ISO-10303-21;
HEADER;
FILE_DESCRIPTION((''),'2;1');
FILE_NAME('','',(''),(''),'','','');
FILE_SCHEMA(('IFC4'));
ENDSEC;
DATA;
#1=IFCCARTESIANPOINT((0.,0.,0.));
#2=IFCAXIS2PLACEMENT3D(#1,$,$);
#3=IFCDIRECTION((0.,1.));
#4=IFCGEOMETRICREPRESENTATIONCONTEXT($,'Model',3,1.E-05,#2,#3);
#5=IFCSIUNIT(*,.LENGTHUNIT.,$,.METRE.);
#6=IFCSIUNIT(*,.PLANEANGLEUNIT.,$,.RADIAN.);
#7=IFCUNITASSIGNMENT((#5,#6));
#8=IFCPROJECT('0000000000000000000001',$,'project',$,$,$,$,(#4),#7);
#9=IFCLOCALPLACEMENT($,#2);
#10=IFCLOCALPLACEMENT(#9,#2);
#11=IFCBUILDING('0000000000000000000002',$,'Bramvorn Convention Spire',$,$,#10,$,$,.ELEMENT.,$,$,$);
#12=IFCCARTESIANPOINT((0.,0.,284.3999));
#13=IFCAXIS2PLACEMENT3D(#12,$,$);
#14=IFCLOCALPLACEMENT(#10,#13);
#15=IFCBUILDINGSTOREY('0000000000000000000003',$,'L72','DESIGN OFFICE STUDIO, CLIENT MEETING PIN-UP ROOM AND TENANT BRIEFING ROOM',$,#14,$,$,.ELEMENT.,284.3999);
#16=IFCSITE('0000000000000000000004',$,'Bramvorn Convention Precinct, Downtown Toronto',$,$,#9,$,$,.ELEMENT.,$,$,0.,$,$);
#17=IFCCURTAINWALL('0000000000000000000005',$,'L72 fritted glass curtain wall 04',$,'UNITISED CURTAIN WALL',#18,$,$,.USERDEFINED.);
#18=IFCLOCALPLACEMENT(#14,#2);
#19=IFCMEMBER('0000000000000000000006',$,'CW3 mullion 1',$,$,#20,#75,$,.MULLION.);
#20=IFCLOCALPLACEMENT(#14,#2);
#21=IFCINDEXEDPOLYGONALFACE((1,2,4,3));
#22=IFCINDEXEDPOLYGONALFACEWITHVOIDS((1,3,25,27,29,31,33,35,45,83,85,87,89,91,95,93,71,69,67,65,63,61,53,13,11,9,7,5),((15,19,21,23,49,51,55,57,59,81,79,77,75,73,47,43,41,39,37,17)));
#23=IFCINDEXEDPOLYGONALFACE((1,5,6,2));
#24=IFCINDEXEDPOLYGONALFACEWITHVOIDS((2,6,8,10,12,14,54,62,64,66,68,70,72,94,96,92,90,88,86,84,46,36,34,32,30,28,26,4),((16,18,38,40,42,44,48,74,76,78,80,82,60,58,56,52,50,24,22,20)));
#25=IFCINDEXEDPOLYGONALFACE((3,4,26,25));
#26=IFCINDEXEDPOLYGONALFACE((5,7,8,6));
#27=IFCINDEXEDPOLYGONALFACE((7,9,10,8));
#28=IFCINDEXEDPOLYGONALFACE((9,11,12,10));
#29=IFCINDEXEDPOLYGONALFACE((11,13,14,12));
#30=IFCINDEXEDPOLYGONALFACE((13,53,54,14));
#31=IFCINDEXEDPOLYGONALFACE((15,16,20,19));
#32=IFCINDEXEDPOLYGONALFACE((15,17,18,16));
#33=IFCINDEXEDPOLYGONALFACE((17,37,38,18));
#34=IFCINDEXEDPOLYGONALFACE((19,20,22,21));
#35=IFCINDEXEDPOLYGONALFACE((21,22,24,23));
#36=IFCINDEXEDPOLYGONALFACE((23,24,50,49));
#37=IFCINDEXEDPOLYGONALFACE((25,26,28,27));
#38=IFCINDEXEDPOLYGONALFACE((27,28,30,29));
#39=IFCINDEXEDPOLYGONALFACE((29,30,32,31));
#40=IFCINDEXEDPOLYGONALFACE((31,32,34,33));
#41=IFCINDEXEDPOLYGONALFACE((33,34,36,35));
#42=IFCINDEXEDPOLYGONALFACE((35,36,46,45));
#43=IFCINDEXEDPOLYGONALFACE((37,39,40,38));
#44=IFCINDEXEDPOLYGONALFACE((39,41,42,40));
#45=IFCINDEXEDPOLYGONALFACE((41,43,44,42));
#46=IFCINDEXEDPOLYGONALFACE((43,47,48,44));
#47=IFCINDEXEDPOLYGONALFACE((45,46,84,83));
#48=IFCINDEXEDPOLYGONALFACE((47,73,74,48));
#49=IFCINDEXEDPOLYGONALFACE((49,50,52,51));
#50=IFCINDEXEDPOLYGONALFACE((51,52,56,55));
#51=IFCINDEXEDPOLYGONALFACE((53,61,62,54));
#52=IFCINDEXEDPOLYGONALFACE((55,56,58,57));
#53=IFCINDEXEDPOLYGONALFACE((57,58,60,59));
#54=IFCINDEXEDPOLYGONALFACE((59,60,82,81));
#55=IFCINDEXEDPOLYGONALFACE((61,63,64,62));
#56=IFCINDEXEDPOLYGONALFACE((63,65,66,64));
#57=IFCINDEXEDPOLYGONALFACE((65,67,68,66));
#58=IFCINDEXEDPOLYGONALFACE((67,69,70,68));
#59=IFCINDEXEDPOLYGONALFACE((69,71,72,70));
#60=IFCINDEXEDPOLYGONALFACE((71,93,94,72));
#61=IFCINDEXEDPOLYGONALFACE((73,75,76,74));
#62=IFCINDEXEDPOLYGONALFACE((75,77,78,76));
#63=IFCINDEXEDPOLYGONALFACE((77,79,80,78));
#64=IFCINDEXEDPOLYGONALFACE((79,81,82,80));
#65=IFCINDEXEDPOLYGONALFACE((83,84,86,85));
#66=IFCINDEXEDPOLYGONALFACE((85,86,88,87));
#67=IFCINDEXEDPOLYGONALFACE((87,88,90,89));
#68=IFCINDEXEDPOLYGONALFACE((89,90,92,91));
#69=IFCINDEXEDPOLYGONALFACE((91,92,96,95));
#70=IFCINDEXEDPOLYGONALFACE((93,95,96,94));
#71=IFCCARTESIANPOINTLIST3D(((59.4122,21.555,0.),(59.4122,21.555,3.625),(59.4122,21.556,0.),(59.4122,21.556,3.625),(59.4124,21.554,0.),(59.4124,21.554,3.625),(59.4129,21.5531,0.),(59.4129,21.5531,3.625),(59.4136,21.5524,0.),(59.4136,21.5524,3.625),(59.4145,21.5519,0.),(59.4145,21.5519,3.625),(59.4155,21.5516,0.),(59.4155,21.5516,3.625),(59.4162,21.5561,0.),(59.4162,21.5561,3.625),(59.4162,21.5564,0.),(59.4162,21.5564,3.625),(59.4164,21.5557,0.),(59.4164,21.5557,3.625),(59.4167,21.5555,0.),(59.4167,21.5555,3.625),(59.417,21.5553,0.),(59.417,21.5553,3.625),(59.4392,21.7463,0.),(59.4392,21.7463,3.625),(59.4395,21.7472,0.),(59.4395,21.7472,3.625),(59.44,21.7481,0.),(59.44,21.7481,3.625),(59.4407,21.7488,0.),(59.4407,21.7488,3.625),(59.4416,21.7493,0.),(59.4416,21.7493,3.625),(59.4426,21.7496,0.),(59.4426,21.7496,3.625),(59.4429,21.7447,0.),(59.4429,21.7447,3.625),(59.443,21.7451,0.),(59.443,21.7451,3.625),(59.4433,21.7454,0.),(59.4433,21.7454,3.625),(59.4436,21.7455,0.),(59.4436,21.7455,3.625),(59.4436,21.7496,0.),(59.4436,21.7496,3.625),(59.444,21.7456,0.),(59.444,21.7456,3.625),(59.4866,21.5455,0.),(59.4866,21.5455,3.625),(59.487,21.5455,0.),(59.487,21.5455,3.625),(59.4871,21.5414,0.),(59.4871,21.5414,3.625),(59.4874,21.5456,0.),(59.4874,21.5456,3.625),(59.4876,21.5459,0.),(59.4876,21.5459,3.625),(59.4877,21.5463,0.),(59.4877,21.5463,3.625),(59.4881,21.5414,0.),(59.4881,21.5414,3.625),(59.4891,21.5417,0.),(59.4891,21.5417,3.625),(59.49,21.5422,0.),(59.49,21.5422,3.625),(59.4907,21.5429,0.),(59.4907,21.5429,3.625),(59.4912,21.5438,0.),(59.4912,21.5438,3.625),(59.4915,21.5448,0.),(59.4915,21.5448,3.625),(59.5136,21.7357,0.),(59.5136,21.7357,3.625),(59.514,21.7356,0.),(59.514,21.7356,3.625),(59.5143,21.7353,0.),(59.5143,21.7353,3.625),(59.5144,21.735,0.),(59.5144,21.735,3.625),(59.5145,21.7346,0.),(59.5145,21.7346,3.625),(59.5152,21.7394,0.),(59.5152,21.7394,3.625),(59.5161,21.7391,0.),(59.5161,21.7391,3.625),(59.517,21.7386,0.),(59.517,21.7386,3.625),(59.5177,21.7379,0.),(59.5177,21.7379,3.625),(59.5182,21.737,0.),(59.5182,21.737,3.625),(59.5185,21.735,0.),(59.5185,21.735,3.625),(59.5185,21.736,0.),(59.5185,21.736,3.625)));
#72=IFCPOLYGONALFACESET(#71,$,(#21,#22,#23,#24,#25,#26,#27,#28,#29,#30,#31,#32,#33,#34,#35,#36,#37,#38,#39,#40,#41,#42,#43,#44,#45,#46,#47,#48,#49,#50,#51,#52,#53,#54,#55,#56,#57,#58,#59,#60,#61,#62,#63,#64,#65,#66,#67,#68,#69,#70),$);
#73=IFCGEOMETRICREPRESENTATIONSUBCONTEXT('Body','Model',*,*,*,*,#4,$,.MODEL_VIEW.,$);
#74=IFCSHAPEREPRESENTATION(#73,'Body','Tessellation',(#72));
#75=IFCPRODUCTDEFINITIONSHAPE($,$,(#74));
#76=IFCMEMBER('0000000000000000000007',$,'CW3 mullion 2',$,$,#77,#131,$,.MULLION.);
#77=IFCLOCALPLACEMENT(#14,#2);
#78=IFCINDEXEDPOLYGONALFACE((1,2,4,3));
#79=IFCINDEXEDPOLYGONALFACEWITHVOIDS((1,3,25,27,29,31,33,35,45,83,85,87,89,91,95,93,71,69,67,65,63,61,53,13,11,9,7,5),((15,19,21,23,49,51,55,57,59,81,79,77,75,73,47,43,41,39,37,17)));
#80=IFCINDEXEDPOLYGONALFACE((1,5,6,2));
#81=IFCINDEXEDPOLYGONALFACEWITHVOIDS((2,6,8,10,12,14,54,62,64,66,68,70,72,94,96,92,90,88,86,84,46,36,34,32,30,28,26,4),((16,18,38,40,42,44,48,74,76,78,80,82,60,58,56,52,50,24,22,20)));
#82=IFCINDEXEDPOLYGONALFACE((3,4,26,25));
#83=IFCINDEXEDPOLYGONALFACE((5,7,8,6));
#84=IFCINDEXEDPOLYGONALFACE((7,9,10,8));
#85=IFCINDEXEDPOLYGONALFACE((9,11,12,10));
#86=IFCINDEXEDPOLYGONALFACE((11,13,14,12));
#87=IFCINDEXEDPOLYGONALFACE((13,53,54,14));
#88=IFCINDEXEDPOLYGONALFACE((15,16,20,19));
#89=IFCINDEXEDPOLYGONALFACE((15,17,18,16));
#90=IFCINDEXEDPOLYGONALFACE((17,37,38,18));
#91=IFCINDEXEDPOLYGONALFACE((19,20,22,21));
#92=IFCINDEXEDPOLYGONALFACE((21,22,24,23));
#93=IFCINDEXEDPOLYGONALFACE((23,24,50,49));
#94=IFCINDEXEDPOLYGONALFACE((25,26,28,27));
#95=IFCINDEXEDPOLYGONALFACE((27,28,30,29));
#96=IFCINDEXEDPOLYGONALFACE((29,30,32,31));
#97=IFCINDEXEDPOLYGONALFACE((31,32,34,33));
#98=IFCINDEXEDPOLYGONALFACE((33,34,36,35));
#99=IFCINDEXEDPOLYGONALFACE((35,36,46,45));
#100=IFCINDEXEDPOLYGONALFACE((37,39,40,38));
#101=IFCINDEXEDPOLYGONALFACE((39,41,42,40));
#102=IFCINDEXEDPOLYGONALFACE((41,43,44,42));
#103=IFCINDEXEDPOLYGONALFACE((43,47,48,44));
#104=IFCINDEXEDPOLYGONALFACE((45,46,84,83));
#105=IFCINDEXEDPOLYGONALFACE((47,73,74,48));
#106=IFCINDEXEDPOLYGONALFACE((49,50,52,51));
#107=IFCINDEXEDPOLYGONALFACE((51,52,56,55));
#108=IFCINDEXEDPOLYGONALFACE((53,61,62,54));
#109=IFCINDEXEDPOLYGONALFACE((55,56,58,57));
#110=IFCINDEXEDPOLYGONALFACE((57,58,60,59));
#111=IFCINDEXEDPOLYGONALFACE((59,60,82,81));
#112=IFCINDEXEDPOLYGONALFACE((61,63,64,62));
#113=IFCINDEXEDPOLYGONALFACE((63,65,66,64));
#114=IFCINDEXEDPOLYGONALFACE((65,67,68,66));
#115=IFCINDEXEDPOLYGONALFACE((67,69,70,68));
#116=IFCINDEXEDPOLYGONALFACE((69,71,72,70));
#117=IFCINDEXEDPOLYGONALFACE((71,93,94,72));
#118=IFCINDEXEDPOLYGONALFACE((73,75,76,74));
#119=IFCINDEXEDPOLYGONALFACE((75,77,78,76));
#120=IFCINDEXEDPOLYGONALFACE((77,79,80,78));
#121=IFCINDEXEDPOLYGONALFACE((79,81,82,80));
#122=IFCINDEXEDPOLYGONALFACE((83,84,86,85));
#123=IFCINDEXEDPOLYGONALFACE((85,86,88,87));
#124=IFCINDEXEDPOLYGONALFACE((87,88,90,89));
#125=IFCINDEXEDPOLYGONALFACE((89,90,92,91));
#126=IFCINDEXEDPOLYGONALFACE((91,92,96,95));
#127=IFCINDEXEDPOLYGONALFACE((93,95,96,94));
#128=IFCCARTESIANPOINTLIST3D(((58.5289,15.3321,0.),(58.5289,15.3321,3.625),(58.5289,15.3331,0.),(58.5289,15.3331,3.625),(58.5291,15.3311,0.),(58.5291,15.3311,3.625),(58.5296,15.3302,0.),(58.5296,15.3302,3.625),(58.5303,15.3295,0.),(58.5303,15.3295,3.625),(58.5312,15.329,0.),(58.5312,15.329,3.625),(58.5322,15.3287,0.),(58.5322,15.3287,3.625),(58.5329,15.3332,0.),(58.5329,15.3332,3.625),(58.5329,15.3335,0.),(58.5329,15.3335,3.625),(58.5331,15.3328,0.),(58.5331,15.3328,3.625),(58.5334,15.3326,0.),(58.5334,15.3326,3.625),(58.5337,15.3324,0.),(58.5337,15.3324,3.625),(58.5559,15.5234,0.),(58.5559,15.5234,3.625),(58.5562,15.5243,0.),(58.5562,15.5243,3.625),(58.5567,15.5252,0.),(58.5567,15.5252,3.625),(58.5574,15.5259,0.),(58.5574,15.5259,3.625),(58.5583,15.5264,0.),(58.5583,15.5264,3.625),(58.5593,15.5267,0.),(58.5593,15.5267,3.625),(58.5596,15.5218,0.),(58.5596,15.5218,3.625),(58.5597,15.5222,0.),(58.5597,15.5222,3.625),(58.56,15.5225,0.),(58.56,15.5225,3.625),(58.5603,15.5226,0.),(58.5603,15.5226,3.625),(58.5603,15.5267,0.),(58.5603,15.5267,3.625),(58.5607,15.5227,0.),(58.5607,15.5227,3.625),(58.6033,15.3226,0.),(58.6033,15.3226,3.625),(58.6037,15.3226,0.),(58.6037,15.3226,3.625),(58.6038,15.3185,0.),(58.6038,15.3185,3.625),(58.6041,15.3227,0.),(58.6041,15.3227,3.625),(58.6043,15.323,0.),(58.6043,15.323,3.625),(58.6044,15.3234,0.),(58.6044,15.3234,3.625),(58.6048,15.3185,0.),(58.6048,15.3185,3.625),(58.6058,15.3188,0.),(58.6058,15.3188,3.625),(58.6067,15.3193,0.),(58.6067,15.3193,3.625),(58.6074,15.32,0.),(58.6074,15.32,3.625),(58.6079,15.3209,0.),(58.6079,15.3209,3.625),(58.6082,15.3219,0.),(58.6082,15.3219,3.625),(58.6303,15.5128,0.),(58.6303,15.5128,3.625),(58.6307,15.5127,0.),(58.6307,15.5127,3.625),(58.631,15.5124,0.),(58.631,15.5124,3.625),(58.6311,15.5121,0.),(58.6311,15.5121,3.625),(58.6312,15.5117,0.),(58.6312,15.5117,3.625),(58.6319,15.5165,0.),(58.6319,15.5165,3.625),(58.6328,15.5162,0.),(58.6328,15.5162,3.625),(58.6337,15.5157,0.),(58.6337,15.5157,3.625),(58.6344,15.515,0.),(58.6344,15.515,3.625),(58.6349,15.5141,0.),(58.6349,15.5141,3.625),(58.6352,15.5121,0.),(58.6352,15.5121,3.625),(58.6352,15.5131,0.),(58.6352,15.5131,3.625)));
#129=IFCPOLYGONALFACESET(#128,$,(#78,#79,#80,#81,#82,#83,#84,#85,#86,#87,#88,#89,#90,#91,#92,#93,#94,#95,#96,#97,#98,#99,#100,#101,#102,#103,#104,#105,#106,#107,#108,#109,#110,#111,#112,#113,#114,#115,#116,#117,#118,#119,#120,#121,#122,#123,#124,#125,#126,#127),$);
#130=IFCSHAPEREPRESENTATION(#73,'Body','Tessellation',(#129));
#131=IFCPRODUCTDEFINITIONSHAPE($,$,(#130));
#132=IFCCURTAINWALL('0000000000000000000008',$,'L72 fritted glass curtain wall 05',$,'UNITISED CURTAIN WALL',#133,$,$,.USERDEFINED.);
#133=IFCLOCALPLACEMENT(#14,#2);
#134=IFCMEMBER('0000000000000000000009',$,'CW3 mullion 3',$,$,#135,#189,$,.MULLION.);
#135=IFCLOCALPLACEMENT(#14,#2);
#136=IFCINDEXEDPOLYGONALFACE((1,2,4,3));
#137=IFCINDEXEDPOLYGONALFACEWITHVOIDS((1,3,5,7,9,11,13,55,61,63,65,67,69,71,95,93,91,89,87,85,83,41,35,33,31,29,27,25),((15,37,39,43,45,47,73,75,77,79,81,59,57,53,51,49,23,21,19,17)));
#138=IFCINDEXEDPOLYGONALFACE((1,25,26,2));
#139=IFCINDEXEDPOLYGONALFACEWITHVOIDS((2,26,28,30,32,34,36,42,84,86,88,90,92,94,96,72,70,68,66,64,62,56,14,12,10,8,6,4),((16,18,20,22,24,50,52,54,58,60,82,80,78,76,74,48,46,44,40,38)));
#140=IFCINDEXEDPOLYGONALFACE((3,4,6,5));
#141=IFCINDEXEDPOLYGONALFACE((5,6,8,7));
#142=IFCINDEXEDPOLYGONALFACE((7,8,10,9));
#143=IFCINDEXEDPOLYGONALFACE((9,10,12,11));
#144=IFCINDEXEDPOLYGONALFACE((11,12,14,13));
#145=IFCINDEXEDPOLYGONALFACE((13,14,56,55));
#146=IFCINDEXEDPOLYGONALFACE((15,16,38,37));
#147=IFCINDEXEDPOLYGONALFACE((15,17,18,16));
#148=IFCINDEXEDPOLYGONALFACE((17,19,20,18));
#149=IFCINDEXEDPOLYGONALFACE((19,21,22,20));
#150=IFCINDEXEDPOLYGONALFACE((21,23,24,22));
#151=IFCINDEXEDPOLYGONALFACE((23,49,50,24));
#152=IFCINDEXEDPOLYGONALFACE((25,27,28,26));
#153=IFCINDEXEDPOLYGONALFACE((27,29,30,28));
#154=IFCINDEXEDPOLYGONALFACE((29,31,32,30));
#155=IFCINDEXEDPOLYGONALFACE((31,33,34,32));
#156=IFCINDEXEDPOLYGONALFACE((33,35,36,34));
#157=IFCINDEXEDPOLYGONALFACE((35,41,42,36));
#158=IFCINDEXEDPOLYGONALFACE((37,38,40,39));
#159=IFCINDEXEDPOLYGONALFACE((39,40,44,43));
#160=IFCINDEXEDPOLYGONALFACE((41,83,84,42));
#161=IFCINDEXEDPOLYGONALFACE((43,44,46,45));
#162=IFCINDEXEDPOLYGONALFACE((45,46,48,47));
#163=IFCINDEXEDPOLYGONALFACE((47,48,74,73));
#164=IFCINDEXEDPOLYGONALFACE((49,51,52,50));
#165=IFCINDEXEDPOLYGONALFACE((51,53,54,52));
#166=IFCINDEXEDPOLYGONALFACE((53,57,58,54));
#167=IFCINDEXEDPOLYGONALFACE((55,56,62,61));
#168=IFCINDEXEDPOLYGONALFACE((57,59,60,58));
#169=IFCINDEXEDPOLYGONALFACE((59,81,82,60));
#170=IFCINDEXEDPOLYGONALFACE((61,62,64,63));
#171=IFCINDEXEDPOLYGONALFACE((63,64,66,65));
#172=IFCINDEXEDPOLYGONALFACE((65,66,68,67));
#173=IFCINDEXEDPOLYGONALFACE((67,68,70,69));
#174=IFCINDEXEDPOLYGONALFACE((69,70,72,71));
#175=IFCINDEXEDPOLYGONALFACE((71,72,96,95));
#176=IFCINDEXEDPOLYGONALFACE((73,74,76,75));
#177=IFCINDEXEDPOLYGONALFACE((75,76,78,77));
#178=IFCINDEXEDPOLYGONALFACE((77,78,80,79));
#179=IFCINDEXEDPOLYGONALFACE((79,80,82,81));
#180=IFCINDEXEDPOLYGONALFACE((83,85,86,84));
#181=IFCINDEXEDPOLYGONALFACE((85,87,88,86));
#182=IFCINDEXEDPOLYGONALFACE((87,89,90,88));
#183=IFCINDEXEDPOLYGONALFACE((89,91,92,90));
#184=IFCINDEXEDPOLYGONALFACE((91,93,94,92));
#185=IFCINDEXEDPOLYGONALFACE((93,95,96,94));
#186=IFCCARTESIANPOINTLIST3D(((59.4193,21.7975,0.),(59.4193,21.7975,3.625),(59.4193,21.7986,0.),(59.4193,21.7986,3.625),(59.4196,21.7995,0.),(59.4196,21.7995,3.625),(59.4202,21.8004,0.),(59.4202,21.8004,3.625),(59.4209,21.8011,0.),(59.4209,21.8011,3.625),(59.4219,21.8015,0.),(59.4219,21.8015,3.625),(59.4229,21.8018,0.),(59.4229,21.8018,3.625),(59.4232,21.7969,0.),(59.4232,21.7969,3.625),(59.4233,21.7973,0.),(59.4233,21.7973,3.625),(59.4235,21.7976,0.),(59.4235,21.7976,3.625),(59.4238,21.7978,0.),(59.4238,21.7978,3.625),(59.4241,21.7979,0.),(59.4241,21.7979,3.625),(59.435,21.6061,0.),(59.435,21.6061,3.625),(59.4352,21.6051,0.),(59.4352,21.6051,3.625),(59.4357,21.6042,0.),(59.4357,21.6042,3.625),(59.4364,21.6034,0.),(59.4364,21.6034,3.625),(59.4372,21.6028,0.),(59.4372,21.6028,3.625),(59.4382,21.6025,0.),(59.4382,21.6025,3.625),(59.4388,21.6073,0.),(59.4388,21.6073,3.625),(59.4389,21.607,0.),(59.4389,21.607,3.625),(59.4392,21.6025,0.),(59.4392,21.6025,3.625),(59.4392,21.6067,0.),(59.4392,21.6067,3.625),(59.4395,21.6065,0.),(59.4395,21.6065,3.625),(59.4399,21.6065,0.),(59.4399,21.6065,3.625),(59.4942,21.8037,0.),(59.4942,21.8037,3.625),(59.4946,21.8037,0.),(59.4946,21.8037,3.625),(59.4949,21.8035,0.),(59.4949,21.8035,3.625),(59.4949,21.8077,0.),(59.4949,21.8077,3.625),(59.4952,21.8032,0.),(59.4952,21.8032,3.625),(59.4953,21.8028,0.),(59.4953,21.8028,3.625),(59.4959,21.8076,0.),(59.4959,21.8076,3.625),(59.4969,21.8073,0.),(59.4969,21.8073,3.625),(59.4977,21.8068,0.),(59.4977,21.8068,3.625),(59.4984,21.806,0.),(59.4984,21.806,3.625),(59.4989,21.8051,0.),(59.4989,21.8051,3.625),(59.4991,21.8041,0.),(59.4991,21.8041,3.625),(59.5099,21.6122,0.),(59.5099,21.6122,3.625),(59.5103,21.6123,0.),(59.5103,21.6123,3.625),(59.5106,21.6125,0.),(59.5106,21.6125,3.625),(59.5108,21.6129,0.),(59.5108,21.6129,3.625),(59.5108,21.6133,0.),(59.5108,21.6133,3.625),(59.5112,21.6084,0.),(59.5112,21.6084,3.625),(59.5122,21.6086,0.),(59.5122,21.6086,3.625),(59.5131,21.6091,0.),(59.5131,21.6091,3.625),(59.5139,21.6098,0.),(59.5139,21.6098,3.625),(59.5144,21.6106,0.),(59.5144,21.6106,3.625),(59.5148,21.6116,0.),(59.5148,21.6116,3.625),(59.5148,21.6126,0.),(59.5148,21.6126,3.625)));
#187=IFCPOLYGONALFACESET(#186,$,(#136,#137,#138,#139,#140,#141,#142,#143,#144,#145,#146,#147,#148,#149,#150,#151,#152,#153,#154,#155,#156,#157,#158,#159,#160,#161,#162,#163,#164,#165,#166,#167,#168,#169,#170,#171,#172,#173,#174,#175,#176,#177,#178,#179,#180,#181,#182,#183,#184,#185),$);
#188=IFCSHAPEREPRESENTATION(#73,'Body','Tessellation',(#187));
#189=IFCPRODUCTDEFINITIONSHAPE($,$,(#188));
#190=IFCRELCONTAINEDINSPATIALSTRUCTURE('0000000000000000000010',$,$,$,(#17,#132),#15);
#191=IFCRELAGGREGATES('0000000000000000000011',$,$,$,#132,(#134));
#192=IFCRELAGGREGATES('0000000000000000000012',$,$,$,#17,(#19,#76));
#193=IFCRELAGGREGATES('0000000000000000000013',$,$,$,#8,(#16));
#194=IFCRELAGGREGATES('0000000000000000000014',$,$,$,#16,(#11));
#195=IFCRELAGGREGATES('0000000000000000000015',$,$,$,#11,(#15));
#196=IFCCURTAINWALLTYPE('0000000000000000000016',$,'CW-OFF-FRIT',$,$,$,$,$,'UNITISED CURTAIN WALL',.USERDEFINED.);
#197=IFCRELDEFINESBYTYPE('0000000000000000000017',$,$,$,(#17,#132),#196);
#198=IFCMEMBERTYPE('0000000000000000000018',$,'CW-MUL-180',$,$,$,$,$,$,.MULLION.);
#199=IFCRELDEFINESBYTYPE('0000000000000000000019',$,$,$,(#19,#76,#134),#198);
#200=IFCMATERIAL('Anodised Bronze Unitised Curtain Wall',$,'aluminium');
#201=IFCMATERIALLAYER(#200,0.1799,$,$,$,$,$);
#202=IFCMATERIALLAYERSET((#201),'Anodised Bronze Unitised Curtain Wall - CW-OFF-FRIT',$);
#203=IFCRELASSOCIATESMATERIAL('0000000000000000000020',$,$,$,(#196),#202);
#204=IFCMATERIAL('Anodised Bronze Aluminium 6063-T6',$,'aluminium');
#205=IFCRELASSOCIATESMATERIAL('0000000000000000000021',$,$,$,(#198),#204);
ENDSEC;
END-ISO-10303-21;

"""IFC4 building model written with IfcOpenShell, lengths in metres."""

from ifc_helpers import new_model, si_unit, direction, frame, origin, origin_2d, place, context, subcontext, project, spatial, hollow_rectangle, extrude, material, layer, layer_set, material_profile, profile_set, type_object, element, aggregate, save


model = new_model("IFC4")

# Units and contexts
model_context = context("Model", 3, precision=1e-05, world=origin(), true_north=direction((0.0, 1.0)))
body_context = subcontext(model_context, "Body", "Model", "MODEL_VIEW")
ifc_project = project(units=[si_unit("LENGTHUNIT", "METRE"), si_unit("PLANEANGLEUNIT", "RADIAN")], contexts=[model_context])

# Site, building, storey
site_placement = place(None, origin())
site = spatial("IfcSite", under=ifc_project, at=site_placement, Name="Bramvorn Convention Precinct, Downtown Toronto", CompositionType="ELEMENT", RefElevation=0.0)
building_placement = place(site_placement, origin())
building = spatial("IfcBuilding", under=site, at=building_placement, Name="Bramvorn Convention Spire", CompositionType="ELEMENT")
storey_placement = place(building_placement, frame((0.0, 0.0, 284.3999)))
storey = spatial("IfcBuildingStorey", under=building, at=storey_placement, Name="L72", Description="DESIGN OFFICE STUDIO, CLIENT MEETING PIN-UP ROOM AND TENANT BRIEFING ROOM", CompositionType="ELEMENT", Elevation=284.3999)

# Curtain wall, members
ifc_material_1 = material(Name="Anodised Bronze Unitised Curtain Wall", Category="aluminium")
ifc_layer_1 = layer(ifc_material_1, 0.1799)
ifc_layer_set_1 = layer_set([ifc_layer_1], Name="Anodised Bronze Unitised Curtain Wall - CW-OFF-FRIT")
curtain_wall_type = type_object("IfcCurtainWallType", Name="CW-OFF-FRIT", ElementType="UNITISED CURTAIN WALL", PredefinedType="USERDEFINED", material=ifc_layer_set_1)
curtain_wall_1_placement = place(storey_placement, origin())
curtain_wall_1 = element("IfcCurtainWall", 1, at=curtain_wall_1_placement, inside=storey, type_object=curtain_wall_type, Name="L72 fritted glass curtain wall 04", ObjectType="UNITISED CURTAIN WALL", PredefinedType="USERDEFINED")
ifc_material_2 = material(Name="Anodised Bronze Aluminium 6063-T6", Category="aluminium")
ifc_material_profile_1 = material_profile(ifc_material_2, hollow_rectangle(XDim=0.0801, YDim=0.2, WallThickness=0.0039, InnerFilletRadius=0.001, OuterFilletRadius=0.0039, at=origin_2d()))
ifc_profile_set_1 = profile_set([ifc_material_profile_1], Name="Anodised Bronze Aluminium 6063-T6 - CWM80X200")
member_type_1 = type_object("IfcMemberType", Name="CW-MUL-180", PredefinedType="MULLION", material=ifc_profile_set_1)
member_1_placement = place(storey_placement, frame((59.4653, 21.6455, 0.0), z_axis=(0.0, 0.0, 1.0), x_axis=(0.990076, -0.14053, 0.0)))
member_1 = element("IfcMember", 2, at=member_1_placement, type_object=member_type_1, Name="CW3 mullion 1", PredefinedType="MULLION", context=body_context, shape_type="SweptSolid", body=[
    extrude(hollow_rectangle(XDim=0.0801, YDim=0.2, WallThickness=0.0039, InnerFilletRadius=0.001, OuterFilletRadius=0.0039, at=origin_2d()), origin(), (0.0, 0.0, 1.0), 3.625),
])
member_2_placement = place(storey_placement, frame((58.582, 15.4226, 0.0), z_axis=(0.0, 0.0, 1.0), x_axis=(0.990076, -0.14053, 0.0)))
member_2 = element("IfcMember", 3, at=member_2_placement, type_object=member_type_1, Name="CW3 mullion 2", PredefinedType="MULLION", context=body_context, shape_type="SweptSolid", body=[
    extrude(hollow_rectangle(XDim=0.0801, YDim=0.2, WallThickness=0.0039, InnerFilletRadius=0.001, OuterFilletRadius=0.0039, at=origin_2d()), origin(), (0.0, 0.0, 1.0), 3.625),
])

# Curtain wall, member
curtain_wall_2_placement = place(storey_placement, origin())
curtain_wall_2 = element("IfcCurtainWall", 4, at=curtain_wall_2_placement, inside=storey, type_object=curtain_wall_type, Name="L72 fritted glass curtain wall 05", ObjectType="UNITISED CURTAIN WALL", PredefinedType="USERDEFINED")
member_3_placement = place(storey_placement, frame((59.467, 21.7051, 0.0), z_axis=(0.0, 0.0, 1.0), x_axis=(0.996648, 0.081809, 0.0)))
member_3 = element("IfcMember", 5, at=member_3_placement, type_object=member_type_1, Name="CW3 mullion 3", PredefinedType="MULLION", context=body_context, shape_type="SweptSolid", body=[
    extrude(hollow_rectangle(XDim=0.0801, YDim=0.2, WallThickness=0.0039, InnerFilletRadius=0.001, OuterFilletRadius=0.0039, at=origin_2d()), origin(), (0.0, 0.0, 1.0), 3.625),
])
aggregate(curtain_wall_2, [member_3])

aggregate(curtain_wall_1, [member_1, member_2])

save(model, "model.ifc")
